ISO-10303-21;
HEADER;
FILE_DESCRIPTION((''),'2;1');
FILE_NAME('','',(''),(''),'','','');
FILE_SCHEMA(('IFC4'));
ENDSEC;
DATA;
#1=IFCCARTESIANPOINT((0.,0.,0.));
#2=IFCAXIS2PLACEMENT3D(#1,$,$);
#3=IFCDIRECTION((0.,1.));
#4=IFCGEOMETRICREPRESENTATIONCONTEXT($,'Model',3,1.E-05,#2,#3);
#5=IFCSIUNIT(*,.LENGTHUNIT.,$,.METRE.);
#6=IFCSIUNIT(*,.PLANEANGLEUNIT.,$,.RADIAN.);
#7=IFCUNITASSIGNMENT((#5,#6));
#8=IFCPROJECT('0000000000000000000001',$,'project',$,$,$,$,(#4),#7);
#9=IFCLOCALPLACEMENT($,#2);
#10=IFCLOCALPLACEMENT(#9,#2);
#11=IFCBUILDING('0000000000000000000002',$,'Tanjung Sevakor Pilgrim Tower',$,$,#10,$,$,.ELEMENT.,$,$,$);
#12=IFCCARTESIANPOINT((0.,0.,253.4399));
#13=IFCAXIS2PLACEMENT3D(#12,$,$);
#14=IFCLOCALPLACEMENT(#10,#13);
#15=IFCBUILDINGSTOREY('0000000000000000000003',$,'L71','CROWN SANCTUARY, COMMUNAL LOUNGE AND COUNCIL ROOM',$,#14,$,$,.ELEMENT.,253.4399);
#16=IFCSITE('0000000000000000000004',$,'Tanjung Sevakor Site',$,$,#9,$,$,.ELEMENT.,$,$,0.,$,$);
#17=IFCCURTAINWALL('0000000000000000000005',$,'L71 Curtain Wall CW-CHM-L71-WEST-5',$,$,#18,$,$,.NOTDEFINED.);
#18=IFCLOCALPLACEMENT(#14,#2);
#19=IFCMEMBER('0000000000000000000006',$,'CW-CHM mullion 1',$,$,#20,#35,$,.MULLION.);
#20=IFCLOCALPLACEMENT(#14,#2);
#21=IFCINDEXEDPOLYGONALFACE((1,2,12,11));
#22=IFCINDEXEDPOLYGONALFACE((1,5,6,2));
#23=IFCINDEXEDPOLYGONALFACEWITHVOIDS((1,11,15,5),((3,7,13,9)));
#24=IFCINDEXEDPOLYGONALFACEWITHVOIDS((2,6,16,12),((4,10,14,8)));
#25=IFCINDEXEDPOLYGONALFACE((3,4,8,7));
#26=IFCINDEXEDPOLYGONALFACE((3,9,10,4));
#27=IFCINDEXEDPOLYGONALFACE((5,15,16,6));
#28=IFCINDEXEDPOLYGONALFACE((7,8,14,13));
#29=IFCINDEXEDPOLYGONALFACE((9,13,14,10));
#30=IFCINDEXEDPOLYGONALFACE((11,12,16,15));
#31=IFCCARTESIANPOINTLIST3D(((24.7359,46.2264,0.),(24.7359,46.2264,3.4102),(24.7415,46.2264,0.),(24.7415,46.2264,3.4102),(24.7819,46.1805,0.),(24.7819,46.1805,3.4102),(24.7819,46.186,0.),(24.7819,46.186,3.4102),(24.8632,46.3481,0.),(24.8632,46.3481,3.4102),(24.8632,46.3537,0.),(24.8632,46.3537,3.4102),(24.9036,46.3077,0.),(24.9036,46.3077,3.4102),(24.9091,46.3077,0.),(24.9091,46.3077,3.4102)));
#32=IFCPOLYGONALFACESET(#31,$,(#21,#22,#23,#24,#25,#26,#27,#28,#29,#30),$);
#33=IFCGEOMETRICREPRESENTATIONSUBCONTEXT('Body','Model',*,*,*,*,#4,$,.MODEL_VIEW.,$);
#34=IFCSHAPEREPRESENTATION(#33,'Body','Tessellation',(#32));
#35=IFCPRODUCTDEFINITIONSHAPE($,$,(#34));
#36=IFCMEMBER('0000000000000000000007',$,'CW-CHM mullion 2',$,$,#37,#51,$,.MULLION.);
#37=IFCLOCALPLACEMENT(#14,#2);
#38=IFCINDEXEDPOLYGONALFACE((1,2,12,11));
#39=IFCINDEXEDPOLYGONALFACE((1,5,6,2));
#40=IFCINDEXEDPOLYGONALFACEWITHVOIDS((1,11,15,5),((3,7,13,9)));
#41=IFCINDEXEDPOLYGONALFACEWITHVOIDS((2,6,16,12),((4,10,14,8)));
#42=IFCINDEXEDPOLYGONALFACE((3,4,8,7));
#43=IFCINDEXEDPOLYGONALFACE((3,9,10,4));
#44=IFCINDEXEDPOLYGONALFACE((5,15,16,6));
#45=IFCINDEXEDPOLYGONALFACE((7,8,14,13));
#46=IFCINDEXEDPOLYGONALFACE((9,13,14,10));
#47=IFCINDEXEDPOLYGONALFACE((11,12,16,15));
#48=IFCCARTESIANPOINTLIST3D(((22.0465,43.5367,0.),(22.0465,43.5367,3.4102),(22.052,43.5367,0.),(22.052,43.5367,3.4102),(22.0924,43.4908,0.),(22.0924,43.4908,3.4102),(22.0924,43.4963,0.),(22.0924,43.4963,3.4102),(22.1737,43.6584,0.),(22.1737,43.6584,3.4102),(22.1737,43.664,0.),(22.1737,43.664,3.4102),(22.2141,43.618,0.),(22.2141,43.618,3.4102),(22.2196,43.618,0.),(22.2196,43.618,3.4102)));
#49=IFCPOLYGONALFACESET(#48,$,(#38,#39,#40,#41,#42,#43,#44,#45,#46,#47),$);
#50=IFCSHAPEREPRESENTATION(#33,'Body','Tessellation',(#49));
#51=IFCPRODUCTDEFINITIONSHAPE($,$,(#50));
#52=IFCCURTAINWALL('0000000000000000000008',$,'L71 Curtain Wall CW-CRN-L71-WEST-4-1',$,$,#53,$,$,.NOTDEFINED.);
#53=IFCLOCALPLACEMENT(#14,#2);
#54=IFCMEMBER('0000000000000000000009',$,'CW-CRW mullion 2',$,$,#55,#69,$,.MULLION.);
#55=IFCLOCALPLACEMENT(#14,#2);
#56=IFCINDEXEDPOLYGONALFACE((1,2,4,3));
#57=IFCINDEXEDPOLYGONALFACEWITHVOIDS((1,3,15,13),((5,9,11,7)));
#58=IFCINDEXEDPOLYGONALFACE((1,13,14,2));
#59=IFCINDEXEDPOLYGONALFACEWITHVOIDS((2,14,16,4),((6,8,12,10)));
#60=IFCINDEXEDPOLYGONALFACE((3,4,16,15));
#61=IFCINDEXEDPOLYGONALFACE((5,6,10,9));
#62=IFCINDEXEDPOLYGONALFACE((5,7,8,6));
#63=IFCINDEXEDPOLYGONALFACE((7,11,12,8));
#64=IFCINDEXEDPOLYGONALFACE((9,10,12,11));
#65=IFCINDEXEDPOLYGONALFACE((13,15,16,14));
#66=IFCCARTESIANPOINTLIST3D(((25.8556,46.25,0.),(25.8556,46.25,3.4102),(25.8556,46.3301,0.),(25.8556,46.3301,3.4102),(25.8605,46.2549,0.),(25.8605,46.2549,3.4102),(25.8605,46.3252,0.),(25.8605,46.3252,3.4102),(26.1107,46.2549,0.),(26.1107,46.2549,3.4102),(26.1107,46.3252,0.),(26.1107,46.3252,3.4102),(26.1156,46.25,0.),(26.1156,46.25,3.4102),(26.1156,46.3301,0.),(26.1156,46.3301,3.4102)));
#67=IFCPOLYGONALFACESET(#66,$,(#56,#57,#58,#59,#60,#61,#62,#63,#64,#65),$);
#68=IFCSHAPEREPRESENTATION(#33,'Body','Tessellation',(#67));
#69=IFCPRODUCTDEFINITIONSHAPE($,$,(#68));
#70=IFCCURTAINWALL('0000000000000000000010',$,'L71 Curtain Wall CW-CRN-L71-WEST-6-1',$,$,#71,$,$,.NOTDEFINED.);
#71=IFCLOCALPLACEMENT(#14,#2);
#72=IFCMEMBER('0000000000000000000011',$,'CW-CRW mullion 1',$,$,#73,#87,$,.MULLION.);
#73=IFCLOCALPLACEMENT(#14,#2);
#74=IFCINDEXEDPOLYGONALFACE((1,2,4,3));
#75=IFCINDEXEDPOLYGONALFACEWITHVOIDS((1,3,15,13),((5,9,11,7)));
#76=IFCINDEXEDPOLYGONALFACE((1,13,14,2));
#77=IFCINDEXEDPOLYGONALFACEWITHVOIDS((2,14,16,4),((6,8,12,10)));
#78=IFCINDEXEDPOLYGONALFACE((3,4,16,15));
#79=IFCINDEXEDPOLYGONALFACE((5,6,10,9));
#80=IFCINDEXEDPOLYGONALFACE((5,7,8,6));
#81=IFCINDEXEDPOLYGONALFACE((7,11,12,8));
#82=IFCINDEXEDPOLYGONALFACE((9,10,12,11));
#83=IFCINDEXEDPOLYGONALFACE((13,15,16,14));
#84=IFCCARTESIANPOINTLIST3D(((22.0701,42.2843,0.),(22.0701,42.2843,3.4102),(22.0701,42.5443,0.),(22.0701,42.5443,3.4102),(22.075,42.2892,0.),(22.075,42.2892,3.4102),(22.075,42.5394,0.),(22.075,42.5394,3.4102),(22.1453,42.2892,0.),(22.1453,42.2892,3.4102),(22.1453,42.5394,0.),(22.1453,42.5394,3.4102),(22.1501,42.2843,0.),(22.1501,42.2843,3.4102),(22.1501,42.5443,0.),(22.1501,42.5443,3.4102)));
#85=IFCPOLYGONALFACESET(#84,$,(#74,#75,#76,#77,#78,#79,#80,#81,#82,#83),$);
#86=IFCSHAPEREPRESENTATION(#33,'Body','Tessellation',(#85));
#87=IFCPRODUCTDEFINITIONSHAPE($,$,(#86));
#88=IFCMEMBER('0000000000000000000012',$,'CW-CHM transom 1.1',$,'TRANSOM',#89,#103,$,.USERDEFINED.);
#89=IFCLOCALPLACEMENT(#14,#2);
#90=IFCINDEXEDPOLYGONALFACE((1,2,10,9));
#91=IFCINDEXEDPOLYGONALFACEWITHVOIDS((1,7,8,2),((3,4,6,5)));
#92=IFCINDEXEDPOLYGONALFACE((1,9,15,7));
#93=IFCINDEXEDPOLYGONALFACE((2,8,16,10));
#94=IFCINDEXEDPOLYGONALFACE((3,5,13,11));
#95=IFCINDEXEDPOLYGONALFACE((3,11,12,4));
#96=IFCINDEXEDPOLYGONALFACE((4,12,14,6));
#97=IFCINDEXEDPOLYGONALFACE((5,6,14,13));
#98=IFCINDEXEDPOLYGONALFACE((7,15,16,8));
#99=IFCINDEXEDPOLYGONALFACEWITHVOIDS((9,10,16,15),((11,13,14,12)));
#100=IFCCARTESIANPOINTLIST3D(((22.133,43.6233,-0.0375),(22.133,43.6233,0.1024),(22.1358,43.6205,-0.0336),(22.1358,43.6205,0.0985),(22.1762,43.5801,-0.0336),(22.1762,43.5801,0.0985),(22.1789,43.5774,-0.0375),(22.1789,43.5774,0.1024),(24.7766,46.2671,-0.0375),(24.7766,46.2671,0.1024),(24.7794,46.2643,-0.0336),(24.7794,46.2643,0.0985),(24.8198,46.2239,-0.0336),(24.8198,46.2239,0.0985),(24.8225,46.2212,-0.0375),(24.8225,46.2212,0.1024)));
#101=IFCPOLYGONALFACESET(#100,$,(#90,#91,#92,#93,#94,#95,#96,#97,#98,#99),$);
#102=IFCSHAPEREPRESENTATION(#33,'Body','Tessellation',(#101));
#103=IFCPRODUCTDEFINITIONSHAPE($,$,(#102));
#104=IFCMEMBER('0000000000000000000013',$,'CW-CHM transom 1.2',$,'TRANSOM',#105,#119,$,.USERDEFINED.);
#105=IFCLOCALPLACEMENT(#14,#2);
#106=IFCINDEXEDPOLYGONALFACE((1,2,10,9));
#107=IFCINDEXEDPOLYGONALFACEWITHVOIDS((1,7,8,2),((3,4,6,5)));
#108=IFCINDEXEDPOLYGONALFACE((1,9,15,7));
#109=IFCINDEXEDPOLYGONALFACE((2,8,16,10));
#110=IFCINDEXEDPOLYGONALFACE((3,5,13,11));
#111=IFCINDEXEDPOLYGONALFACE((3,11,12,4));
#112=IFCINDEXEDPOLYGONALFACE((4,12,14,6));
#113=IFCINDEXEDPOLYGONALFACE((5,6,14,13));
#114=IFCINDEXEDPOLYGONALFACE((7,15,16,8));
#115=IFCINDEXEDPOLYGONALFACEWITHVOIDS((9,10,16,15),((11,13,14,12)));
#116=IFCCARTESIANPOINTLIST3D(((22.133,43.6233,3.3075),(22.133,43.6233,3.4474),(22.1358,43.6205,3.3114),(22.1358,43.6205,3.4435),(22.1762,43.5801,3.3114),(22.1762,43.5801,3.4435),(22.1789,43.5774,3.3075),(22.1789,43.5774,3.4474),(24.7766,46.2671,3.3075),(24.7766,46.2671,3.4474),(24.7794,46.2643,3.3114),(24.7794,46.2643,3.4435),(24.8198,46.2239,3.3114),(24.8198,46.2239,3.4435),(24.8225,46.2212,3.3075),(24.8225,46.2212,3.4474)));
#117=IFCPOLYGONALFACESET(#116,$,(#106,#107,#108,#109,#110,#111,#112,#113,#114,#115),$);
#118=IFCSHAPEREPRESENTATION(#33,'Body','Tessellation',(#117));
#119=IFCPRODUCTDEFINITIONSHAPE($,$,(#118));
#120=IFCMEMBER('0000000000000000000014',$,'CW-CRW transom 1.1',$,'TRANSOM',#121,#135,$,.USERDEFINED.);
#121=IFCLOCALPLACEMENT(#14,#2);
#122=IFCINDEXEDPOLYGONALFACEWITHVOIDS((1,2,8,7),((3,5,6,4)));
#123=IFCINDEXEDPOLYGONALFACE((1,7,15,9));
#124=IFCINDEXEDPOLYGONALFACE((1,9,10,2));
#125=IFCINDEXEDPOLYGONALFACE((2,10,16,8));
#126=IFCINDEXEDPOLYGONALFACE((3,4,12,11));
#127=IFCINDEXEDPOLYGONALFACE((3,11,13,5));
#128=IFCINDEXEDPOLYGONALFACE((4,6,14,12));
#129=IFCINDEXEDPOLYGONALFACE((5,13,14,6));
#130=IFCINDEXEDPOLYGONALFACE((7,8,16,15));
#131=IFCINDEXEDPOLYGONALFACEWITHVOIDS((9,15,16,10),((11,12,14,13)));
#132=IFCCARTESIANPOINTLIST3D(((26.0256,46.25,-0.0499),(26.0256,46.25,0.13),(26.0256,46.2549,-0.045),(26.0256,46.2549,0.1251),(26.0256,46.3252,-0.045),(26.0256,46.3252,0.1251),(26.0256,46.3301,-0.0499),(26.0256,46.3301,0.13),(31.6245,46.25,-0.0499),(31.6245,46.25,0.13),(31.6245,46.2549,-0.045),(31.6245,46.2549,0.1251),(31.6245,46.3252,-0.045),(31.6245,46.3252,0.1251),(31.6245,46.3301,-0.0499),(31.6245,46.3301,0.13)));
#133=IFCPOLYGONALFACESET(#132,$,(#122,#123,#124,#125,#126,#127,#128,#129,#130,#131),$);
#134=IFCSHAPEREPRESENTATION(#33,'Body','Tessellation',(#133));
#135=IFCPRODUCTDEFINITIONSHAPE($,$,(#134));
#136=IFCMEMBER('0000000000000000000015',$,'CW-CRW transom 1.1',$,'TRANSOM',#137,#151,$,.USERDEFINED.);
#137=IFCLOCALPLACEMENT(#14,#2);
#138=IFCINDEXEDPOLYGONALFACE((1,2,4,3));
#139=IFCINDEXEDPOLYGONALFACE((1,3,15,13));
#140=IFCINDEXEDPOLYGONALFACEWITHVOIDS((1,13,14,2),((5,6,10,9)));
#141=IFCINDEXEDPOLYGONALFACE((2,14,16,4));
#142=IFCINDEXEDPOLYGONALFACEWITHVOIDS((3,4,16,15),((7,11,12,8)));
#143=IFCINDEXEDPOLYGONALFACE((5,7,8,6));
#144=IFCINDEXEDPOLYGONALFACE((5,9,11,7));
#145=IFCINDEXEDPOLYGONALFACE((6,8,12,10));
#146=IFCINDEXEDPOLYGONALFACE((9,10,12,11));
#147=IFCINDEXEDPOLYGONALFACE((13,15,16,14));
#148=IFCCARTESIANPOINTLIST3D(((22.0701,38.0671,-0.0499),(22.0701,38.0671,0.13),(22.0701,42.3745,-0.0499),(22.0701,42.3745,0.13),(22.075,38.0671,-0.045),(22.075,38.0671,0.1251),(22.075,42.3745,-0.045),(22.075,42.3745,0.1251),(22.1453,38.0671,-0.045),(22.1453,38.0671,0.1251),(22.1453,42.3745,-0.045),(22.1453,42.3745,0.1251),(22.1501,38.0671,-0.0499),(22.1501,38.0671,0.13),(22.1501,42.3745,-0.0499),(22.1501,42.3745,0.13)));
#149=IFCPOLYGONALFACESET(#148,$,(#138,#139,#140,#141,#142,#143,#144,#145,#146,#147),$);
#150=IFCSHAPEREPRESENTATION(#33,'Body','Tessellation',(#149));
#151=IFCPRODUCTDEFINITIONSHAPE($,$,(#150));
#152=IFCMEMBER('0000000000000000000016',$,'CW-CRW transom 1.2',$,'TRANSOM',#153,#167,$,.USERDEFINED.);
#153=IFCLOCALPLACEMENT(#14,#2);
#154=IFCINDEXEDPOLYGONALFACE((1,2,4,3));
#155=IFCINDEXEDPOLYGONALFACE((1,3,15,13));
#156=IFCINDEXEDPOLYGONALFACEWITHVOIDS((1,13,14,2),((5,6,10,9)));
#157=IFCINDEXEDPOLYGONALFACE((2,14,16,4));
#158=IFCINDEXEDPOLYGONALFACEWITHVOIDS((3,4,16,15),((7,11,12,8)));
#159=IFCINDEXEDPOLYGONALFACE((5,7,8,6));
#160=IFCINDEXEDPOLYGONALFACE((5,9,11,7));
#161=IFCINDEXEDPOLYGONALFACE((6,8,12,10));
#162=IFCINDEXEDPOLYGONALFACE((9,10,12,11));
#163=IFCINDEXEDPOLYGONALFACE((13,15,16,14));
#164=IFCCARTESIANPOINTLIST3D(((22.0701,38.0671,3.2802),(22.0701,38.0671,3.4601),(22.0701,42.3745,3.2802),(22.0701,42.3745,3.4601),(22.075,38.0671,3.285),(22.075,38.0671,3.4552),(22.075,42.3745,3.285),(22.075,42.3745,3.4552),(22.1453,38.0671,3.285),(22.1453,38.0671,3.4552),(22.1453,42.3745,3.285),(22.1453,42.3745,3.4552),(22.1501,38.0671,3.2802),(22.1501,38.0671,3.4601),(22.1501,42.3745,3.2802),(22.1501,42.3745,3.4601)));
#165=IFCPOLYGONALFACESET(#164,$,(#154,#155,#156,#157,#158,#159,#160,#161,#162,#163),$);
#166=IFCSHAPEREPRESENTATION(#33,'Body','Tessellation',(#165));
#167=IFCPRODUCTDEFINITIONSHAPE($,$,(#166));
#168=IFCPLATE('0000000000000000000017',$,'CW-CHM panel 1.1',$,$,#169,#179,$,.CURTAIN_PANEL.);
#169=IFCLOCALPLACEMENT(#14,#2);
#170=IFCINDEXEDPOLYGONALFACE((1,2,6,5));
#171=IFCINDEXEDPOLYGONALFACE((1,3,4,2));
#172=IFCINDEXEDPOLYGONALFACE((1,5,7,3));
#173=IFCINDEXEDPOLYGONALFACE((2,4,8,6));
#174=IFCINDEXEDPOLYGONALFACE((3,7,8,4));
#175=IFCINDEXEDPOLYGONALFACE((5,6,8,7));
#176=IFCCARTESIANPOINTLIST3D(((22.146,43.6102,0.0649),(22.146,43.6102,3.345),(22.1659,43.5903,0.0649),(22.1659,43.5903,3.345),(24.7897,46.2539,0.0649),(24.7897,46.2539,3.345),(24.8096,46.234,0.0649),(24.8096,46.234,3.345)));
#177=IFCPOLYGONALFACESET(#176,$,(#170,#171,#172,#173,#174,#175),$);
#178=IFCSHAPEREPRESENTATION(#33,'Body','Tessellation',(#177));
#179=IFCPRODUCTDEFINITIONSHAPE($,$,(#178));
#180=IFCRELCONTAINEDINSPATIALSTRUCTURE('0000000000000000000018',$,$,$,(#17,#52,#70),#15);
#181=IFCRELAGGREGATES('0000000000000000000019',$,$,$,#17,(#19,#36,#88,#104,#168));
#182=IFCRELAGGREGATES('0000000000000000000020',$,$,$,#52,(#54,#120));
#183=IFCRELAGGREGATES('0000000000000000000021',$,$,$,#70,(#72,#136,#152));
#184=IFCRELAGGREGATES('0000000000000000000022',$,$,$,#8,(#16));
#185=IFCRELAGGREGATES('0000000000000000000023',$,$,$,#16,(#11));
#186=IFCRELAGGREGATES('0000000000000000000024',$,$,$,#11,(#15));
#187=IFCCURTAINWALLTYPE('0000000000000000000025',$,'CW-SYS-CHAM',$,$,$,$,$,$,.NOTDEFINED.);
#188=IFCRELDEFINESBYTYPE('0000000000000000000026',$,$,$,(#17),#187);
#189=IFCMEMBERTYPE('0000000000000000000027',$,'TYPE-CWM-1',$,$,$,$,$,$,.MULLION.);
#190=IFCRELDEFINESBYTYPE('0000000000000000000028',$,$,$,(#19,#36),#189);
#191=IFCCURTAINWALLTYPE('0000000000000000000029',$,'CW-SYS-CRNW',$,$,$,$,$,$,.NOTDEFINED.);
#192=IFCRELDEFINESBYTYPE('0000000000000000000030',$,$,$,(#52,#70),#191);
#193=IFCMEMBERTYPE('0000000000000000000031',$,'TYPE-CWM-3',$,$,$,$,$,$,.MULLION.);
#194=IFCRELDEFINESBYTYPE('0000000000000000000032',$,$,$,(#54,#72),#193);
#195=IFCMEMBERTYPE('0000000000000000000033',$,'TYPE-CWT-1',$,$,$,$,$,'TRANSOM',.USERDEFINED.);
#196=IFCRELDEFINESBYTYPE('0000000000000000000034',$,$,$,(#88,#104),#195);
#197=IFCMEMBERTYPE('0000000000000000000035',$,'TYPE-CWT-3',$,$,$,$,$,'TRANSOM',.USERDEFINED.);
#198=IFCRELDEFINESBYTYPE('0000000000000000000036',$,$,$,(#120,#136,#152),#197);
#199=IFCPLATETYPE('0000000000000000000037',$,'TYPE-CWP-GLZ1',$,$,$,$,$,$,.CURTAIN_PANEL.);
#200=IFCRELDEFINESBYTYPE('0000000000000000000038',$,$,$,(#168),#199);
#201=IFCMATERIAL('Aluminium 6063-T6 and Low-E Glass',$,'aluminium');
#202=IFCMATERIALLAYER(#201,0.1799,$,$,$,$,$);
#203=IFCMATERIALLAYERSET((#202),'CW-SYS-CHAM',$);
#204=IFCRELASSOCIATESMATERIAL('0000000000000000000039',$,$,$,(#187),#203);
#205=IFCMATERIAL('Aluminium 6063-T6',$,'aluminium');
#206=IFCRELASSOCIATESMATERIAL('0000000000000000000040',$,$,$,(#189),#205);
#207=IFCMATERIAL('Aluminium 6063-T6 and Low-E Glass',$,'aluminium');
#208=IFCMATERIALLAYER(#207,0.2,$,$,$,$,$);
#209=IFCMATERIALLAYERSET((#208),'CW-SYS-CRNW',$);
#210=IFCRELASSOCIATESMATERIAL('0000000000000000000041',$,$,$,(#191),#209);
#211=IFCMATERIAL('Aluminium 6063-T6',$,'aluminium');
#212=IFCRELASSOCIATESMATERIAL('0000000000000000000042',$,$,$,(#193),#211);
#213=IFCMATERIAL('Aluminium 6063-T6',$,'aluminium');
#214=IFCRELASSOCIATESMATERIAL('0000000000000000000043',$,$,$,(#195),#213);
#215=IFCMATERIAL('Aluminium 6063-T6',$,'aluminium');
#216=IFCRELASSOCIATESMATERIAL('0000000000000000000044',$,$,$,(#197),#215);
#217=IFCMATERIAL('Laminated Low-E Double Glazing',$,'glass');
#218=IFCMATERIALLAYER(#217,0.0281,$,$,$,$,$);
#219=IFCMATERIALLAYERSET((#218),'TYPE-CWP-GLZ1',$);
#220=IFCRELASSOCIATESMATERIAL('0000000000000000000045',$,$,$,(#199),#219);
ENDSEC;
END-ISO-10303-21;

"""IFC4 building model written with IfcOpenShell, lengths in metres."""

from ifc_helpers import new_model, si_unit, direction, frame, origin, origin_2d, place, context, subcontext, project, spatial, rectangle, hollow_rectangle, extrude, material, layer, layer_set, material_profile, profile_set, type_object, element, aggregate, save


model = new_model("IFC4")

# Units and contexts
model_context = context("Model", 3, precision=1e-05, world=origin(), true_north=direction((0.0, 1.0)))
body_context = subcontext(model_context, "Body", "Model", "MODEL_VIEW")
ifc_project = project(units=[si_unit("LENGTHUNIT", "METRE"), si_unit("PLANEANGLEUNIT", "RADIAN")], contexts=[model_context])

# Site, building, storey
site_placement = place(None, origin())
site = spatial("IfcSite", under=ifc_project, at=site_placement, Name="Tanjung Sevakor Site", CompositionType="ELEMENT", RefElevation=0.0)
building_placement = place(site_placement, origin())
building = spatial("IfcBuilding", under=site, at=building_placement, Name="Tanjung Sevakor Pilgrim Tower", CompositionType="ELEMENT")
storey_placement = place(building_placement, frame((0.0, 0.0, 253.4399)))
storey = spatial("IfcBuildingStorey", under=building, at=storey_placement, Name="L71", Description="CROWN SANCTUARY, COMMUNAL LOUNGE AND COUNCIL ROOM", CompositionType="ELEMENT", Elevation=253.4399)

# Curtain wall, members
ifc_material_1 = material(Name="Aluminium 6063-T6 and Low-E Glass", Category="aluminium")
ifc_layer_1 = layer(ifc_material_1, 0.1799)
ifc_layer_set_1 = layer_set([ifc_layer_1], Name="CW-SYS-CHAM")
curtain_wall_type_1 = type_object("IfcCurtainWallType", Name="CW-SYS-CHAM", PredefinedType="NOTDEFINED", material=ifc_layer_set_1)
curtain_wall_1_placement = place(storey_placement, origin())
curtain_wall_1 = element("IfcCurtainWall", 1, at=curtain_wall_1_placement, inside=storey, type_object=curtain_wall_type_1, Name="L71 Curtain Wall CW-CHM-L71-WEST-5", PredefinedType="NOTDEFINED")
ifc_material_2 = material(Name="Aluminium 6063-T6", Category="aluminium")
ifc_material_profile_1 = material_profile(ifc_material_2, hollow_rectangle(XDim=0.0649, YDim=0.1799, WallThickness=0.0039, at=origin_2d()))
ifc_profile_set_1 = profile_set([ifc_material_profile_1], Name="Aluminium 6063-T6")
member_type_1 = type_object("IfcMemberType", Name="TYPE-CWM-1", PredefinedType="MULLION", material=ifc_profile_set_1)
member_1_placement = place(storey_placement, frame((24.8225, 46.2671, 0.0), z_axis=(0.0, 0.0, 1.0), x_axis=(0.707107, -0.707107, 0.0)))
member_1 = element("IfcMember", 2, at=member_1_placement, type_object=member_type_1, Name="CW-CHM mullion 1", PredefinedType="MULLION", context=body_context, shape_type="SweptSolid", body=[
    extrude(hollow_rectangle(XDim=0.0649, YDim=0.1799, WallThickness=0.0039, at=origin_2d()), origin(), (0.0, 0.0, 1.0), 3.4102),
])
member_2_placement = place(storey_placement, frame((22.1331, 43.5774, 0.0), z_axis=(0.0, 0.0, 1.0), x_axis=(0.707107, -0.707107, 0.0)))
member_2 = element("IfcMember", 3, at=member_2_placement, type_object=member_type_1, Name="CW-CHM mullion 2", PredefinedType="MULLION", context=body_context, shape_type="SweptSolid", body=[
    extrude(hollow_rectangle(XDim=0.0649, YDim=0.1799, WallThickness=0.0039, at=origin_2d()), origin(), (0.0, 0.0, 1.0), 3.4102),
])

# Curtain walls, members
ifc_material_3 = material(Name="Aluminium 6063-T6 and Low-E Glass", Category="aluminium")
ifc_layer_2 = layer(ifc_material_3, 0.2)
ifc_layer_set_2 = layer_set([ifc_layer_2], Name="CW-SYS-CRNW")
curtain_wall_type_2 = type_object("IfcCurtainWallType", Name="CW-SYS-CRNW", PredefinedType="NOTDEFINED", material=ifc_layer_set_2)
curtain_wall_2_placement = place(storey_placement, origin())
curtain_wall_2 = element("IfcCurtainWall", 4, at=curtain_wall_2_placement, inside=storey, type_object=curtain_wall_type_2, Name="L71 Curtain Wall CW-CRN-L71-WEST-4-1", PredefinedType="NOTDEFINED")
ifc_material_4 = material(Name="Aluminium 6063-T6", Category="aluminium")
ifc_material_profile_2 = material_profile(ifc_material_4, hollow_rectangle(XDim=0.0801, YDim=0.26, WallThickness=0.0049, at=origin_2d()))
ifc_profile_set_2 = profile_set([ifc_material_profile_2], Name="Aluminium 6063-T6")
member_type_2 = type_object("IfcMemberType", Name="TYPE-CWM-3", PredefinedType="MULLION", material=ifc_profile_set_2)
member_3_placement = place(storey_placement, frame((25.9856, 46.29, 0.0), z_axis=(0.0, 0.0, 1.0), x_axis=(0.0, -1.0, 0.0)))
member_3 = element("IfcMember", 5, at=member_3_placement, type_object=member_type_2, Name="CW-CRW mullion 2", PredefinedType="MULLION", context=body_context, shape_type="SweptSolid", body=[
    extrude(hollow_rectangle(XDim=0.0801, YDim=0.26, WallThickness=0.0049, at=origin_2d()), origin(), (0.0, 0.0, 1.0), 3.4102),
])
curtain_wall_3_placement = place(storey_placement, origin())
curtain_wall_3 = element("IfcCurtainWall", 6, at=curtain_wall_3_placement, inside=storey, type_object=curtain_wall_type_2, Name="L71 Curtain Wall CW-CRN-L71-WEST-6-1", PredefinedType="NOTDEFINED")
member_4_placement = place(storey_placement, frame((22.1101, 42.4143, 0.0), z_axis=(0.0, 0.0, 1.0), x_axis=(1.0, 0.0, 0.0)))
member_4 = element("IfcMember", 7, at=member_4_placement, type_object=member_type_2, Name="CW-CRW mullion 1", PredefinedType="MULLION", context=body_context, shape_type="SweptSolid", body=[
    extrude(hollow_rectangle(XDim=0.0801, YDim=0.26, WallThickness=0.0049, at=origin_2d()), origin(), (0.0, 0.0, 1.0), 3.4102),
])

# Members
ifc_material_5 = material(Name="Aluminium 6063-T6", Category="aluminium")
ifc_material_profile_3 = material_profile(ifc_material_5, hollow_rectangle(XDim=0.0649, YDim=0.1399, WallThickness=0.0039, at=origin_2d()))
ifc_profile_set_3 = profile_set([ifc_material_profile_3], Name="Aluminium 6063-T6")
member_type_3 = type_object("IfcMemberType", Name="TYPE-CWT-1", ElementType="TRANSOM", PredefinedType="USERDEFINED", material=ifc_profile_set_3)
member_5_placement = place(storey_placement, frame((24.7996, 46.2441, 0.0325), z_axis=(-0.707074, -0.707139, 0.0), x_axis=(0.707139, -0.707074, 0.0)))
member_5 = element("IfcMember", 8, at=member_5_placement, type_object=member_type_3, Name="CW-CHM transom 1.1", ObjectType="TRANSOM", PredefinedType="USERDEFINED", context=body_context, shape_type="SweptSolid", body=[
    extrude(hollow_rectangle(XDim=0.0649, YDim=0.1399, WallThickness=0.0039, at=origin_2d()), origin(), (0.0, 0.0, 1.0), 3.7388),
])
member_6_placement = place(storey_placement, frame((24.7996, 46.2441, 3.3774), z_axis=(-0.707074, -0.707139, 0.0), x_axis=(0.707139, -0.707074, 0.0)))
member_6 = element("IfcMember", 9, at=member_6_placement, type_object=member_type_3, Name="CW-CHM transom 1.2", ObjectType="TRANSOM", PredefinedType="USERDEFINED", context=body_context, shape_type="SweptSolid", body=[
    extrude(hollow_rectangle(XDim=0.0649, YDim=0.1399, WallThickness=0.0039, at=origin_2d()), origin(), (0.0, 0.0, 1.0), 3.7388),
])
ifc_material_6 = material(Name="Aluminium 6063-T6", Category="aluminium")
ifc_material_profile_4 = material_profile(ifc_material_6, hollow_rectangle(XDim=0.0801, YDim=0.1799, WallThickness=0.0049, at=origin_2d()))
ifc_profile_set_4 = profile_set([ifc_material_profile_4], Name="Aluminium 6063-T6")
member_type_4 = type_object("IfcMemberType", Name="TYPE-CWT-3", ElementType="TRANSOM", PredefinedType="USERDEFINED", material=ifc_profile_set_4)
member_7_placement = place(storey_placement, frame((31.6245, 46.29, 0.04), z_axis=(-1.0, 0.0, 0.0), x_axis=(0.0, -1.0, 0.0)))
member_7 = element("IfcMember", 10, at=member_7_placement, type_object=member_type_4, Name="CW-CRW transom 1.1", ObjectType="TRANSOM", PredefinedType="USERDEFINED", context=body_context, shape_type="SweptSolid", body=[
    extrude(hollow_rectangle(XDim=0.0801, YDim=0.1799, WallThickness=0.0049, at=origin_2d()), origin(), (0.0, 0.0, 1.0), 5.5989),
])
member_8_placement = place(storey_placement, frame((22.1101, 42.3745, 0.04), z_axis=(0.0, -1.0, 0.0), x_axis=(1.0, 0.0, 0.0)))
member_8 = element("IfcMember", 11, at=member_8_placement, type_object=member_type_4, Name="CW-CRW transom 1.1", ObjectType="TRANSOM", PredefinedType="USERDEFINED", context=body_context, shape_type="SweptSolid", body=[
    extrude(hollow_rectangle(XDim=0.0801, YDim=0.1799, WallThickness=0.0049, at=origin_2d()), origin(), (0.0, 0.0, 1.0), 4.3074),
])
member_9_placement = place(storey_placement, frame((22.1101, 42.3745, 3.3701), z_axis=(0.0, -1.0, 0.0), x_axis=(1.0, 0.0, 0.0)))
member_9 = element("IfcMember", 12, at=member_9_placement, type_object=member_type_4, Name="CW-CRW transom 1.2", ObjectType="TRANSOM", PredefinedType="USERDEFINED", context=body_context, shape_type="SweptSolid", body=[
    extrude(hollow_rectangle(XDim=0.0801, YDim=0.1799, WallThickness=0.0049, at=origin_2d()), origin(), (0.0, 0.0, 1.0), 4.3074),
])

# Plate
ifc_material_7 = material(Name="Laminated Low-E Double Glazing", Category="glass")
ifc_layer_3 = layer(ifc_material_7, 0.0281)
ifc_layer_set_3 = layer_set([ifc_layer_3], Name="TYPE-CWP-GLZ1")
plate_type_1 = type_object("IfcPlateType", Name="TYPE-CWP-GLZ1", PredefinedType="CURTAIN_PANEL", material=ifc_layer_set_3)
plate_1_placement = place(storey_placement, frame((23.4778, 44.9221, 0.0649), z_axis=(0.0, 0.0, 1.0), x_axis=(-0.707107, -0.707107, 0.0)))
plate_1 = element("IfcPlate", 13, at=plate_1_placement, type_object=plate_type_1, Name="CW-CHM panel 1.1", PredefinedType="CURTAIN_PANEL", context=body_context, shape_type="SweptSolid", body=[
    extrude(rectangle(XDim=3.7388, YDim=0.0281, at=origin_2d()), origin(), (0.0, 0.0, 1.0), 3.28),
])
aggregate(curtain_wall_1, [member_1, member_2, member_5, member_6, plate_1])
aggregate(curtain_wall_2, [member_3, member_7])
aggregate(curtain_wall_3, [member_4, member_8, member_9])

save(model, "model.ifc")
